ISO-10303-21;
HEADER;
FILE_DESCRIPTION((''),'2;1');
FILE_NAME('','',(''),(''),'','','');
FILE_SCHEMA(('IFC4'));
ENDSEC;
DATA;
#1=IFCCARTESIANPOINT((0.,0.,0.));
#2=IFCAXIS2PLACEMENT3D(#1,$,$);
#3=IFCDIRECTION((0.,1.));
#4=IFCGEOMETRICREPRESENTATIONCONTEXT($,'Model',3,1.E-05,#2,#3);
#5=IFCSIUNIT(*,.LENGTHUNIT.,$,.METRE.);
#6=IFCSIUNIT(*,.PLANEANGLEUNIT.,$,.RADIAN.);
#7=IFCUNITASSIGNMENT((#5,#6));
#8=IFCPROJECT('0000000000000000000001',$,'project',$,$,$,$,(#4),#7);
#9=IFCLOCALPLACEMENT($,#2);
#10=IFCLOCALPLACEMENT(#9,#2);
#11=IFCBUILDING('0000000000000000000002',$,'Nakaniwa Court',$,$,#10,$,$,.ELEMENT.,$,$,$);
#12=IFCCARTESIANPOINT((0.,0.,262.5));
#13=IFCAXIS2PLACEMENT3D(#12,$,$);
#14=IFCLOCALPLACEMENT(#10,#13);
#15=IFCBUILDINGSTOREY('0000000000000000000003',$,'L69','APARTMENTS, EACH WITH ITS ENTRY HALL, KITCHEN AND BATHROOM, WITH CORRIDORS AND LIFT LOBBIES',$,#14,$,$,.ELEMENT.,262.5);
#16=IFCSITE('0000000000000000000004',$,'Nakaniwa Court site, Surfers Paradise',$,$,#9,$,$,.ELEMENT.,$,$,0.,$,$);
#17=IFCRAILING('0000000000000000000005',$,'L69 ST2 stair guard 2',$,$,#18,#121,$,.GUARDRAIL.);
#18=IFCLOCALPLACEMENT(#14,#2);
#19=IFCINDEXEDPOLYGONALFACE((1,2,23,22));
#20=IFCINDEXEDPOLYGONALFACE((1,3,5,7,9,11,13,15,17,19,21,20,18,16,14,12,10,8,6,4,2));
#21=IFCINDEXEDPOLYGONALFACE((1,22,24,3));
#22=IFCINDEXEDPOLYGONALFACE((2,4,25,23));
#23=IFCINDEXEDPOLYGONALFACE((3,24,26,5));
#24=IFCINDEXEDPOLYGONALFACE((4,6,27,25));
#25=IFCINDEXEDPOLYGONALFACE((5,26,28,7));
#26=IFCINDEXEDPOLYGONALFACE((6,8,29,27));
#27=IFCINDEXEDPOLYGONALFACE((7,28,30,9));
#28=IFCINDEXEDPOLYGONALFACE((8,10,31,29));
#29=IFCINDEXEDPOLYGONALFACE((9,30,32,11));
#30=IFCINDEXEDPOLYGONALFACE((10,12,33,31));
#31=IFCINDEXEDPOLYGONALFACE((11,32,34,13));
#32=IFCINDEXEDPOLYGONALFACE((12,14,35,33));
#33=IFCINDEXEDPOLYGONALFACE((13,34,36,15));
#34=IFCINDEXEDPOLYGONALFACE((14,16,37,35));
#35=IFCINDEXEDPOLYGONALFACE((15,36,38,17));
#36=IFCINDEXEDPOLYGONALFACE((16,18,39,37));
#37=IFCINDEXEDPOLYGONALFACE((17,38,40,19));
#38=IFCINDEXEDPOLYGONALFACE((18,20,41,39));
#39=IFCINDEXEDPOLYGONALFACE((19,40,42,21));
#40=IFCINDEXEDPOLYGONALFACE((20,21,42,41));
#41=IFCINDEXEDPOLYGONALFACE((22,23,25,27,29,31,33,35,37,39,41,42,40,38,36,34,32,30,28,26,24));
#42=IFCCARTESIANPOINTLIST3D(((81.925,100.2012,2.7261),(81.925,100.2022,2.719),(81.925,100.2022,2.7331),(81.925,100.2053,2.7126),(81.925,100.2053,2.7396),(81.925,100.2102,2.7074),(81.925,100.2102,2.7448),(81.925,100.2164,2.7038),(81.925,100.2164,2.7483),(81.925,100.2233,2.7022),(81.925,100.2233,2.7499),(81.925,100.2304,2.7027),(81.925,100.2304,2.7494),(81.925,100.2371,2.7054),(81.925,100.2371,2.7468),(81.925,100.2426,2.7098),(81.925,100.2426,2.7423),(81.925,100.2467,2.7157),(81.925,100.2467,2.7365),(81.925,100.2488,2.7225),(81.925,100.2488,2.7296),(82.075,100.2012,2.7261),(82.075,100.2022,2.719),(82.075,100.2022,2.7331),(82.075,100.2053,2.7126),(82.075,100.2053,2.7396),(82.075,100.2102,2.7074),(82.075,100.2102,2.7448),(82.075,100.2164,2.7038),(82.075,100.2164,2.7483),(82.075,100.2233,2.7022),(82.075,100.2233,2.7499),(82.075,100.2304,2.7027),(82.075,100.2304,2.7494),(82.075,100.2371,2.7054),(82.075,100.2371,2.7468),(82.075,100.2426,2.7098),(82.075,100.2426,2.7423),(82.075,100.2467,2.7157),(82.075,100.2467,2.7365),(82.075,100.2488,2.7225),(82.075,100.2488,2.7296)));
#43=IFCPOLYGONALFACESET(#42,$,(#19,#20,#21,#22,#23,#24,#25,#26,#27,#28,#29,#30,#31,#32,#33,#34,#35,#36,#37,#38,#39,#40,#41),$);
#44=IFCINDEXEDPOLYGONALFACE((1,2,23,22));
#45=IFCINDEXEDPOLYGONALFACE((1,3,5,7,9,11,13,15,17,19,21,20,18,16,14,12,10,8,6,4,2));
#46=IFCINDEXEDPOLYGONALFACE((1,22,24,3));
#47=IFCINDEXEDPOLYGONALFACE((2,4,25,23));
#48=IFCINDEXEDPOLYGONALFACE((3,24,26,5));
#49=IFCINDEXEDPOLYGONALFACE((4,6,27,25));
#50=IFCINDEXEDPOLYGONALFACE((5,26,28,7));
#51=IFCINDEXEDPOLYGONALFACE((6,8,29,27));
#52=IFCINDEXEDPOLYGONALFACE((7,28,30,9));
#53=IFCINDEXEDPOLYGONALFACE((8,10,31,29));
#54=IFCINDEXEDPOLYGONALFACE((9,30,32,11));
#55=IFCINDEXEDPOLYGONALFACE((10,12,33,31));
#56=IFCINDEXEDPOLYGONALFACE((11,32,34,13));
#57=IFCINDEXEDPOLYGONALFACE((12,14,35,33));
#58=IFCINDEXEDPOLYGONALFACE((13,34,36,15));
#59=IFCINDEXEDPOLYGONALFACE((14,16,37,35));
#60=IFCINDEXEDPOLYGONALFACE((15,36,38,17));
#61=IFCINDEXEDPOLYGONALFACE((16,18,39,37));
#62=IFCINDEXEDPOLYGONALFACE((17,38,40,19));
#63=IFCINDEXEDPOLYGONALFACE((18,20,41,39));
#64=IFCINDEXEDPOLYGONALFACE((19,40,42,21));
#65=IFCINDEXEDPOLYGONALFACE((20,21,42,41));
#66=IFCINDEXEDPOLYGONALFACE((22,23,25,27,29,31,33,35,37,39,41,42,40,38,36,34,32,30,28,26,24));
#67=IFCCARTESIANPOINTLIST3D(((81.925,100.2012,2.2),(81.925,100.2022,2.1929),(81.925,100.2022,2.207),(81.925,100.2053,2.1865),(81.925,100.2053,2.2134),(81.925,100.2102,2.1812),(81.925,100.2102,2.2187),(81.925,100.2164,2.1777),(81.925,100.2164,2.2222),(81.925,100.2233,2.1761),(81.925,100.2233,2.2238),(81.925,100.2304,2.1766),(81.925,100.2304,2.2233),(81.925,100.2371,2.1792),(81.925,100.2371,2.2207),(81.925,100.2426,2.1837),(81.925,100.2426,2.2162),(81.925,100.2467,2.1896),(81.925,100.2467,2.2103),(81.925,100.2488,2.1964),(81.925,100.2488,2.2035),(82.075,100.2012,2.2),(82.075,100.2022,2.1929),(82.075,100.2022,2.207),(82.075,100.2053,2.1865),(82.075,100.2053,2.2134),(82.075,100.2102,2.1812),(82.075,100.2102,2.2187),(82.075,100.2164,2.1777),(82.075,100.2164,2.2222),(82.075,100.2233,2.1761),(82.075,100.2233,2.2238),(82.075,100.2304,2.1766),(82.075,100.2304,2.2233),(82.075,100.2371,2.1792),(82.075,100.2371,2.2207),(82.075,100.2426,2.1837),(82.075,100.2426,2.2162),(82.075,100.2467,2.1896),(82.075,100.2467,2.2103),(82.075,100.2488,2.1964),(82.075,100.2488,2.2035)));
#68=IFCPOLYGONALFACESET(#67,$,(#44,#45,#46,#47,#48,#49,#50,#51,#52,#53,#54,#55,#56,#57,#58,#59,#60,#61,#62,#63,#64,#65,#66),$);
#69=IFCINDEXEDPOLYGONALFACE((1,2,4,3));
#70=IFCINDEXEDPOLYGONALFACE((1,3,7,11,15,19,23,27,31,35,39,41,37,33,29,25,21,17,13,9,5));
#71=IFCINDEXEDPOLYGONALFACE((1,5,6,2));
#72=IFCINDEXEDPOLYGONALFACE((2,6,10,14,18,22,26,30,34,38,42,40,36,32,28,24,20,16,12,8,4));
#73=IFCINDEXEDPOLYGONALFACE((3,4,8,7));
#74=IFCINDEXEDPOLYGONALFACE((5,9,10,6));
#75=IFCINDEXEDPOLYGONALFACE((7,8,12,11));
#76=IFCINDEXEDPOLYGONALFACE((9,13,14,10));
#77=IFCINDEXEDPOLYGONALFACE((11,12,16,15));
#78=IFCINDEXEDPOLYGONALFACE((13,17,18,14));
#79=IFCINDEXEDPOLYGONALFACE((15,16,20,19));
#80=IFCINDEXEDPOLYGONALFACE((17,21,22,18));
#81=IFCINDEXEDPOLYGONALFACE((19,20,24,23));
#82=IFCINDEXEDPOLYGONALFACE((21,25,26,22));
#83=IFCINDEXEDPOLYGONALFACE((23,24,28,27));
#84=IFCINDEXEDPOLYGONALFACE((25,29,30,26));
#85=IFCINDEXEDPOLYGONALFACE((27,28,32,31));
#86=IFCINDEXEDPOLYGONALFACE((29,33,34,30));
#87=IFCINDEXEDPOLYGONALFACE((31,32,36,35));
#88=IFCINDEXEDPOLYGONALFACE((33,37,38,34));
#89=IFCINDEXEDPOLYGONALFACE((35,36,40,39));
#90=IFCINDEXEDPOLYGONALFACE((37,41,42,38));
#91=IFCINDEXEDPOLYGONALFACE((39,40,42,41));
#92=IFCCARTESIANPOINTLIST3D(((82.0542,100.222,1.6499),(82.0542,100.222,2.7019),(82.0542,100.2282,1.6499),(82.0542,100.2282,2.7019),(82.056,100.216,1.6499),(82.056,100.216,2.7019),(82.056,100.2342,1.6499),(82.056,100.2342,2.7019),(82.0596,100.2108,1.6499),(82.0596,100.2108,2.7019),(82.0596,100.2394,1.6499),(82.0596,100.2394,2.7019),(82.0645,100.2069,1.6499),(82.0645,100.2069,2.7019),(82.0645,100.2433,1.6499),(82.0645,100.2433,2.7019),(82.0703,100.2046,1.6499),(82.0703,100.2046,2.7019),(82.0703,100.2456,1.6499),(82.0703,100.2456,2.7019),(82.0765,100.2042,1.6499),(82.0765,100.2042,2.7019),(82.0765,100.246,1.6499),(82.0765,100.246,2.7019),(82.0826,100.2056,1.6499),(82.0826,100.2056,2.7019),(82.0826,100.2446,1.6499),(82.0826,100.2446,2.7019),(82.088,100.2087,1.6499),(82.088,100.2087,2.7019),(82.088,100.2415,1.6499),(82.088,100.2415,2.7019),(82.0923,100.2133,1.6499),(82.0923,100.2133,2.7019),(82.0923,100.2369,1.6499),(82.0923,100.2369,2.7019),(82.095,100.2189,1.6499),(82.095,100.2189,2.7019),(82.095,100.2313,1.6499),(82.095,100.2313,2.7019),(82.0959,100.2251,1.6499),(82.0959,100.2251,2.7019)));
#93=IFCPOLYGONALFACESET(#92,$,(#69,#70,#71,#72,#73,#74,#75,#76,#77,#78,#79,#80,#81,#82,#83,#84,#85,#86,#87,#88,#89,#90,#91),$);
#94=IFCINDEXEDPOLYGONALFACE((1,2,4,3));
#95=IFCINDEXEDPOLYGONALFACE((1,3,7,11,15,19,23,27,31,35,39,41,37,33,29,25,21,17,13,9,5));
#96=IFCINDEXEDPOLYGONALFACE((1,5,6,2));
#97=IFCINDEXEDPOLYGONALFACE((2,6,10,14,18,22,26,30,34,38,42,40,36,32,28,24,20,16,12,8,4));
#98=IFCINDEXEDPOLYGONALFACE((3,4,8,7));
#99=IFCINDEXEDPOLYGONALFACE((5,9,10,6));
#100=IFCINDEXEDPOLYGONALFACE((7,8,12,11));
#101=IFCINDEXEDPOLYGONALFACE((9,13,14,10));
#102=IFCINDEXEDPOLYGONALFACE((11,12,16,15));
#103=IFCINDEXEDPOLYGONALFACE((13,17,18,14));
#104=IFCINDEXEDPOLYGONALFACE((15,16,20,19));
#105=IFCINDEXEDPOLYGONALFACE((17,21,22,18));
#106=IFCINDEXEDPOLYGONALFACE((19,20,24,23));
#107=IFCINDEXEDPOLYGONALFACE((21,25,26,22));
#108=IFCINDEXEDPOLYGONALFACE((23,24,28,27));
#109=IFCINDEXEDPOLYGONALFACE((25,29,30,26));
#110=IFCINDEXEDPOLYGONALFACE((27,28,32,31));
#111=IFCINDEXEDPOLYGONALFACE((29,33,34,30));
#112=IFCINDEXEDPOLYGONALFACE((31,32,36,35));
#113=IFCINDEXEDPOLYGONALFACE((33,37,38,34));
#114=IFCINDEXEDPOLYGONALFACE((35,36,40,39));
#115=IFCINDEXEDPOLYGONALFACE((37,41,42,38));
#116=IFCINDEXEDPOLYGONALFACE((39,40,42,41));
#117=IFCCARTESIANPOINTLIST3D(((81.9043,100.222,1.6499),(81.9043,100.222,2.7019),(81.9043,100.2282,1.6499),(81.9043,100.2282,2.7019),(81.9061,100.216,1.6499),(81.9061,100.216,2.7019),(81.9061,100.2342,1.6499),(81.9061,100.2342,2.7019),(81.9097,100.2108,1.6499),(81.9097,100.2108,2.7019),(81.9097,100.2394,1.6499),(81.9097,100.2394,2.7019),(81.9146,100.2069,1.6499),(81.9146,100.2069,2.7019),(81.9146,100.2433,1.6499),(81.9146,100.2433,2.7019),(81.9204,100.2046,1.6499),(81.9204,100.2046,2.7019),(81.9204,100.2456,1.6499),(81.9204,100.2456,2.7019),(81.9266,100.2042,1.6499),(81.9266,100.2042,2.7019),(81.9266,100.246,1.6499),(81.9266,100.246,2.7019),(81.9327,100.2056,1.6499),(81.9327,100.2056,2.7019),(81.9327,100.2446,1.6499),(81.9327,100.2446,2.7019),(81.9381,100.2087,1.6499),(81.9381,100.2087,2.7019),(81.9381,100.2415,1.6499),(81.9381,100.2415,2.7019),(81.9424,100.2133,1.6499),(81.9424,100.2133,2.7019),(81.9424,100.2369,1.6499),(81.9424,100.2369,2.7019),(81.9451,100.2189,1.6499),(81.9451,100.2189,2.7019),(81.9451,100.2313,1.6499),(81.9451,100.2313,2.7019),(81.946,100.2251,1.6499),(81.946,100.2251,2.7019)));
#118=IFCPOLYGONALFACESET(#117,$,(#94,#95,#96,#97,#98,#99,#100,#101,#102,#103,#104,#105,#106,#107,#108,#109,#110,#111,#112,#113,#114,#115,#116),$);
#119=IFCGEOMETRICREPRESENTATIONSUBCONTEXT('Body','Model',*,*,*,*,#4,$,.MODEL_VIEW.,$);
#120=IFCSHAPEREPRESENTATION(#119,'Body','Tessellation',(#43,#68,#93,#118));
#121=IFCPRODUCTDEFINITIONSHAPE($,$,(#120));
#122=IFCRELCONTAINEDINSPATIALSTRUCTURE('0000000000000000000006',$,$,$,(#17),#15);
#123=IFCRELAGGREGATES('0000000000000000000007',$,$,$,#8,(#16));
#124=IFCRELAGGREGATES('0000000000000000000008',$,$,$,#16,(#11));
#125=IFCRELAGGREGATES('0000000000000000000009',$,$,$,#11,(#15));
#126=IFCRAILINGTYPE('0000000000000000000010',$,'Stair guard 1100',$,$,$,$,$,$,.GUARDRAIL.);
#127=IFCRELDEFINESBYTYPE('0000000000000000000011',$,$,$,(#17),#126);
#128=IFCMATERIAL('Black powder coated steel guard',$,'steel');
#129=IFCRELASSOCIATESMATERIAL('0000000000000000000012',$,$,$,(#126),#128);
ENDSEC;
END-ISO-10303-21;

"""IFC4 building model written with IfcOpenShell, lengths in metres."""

from ifc_helpers import new_model, si_unit, direction, frame, origin, origin_2d, place, context, subcontext, project, spatial, circle, extrude, material, type_object, element, save


model = new_model("IFC4")

# Units and contexts
model_context = context("Model", 3, precision=1e-05, world=origin(), true_north=direction((0.0, 1.0)))
body_context = subcontext(model_context, "Body", "Model", "MODEL_VIEW")
ifc_project = project(units=[si_unit("LENGTHUNIT", "METRE"), si_unit("PLANEANGLEUNIT", "RADIAN")], contexts=[model_context])

# Site, building, storey
site_placement = place(None, origin())
site = spatial("IfcSite", under=ifc_project, at=site_placement, Name="Nakaniwa Court site, Surfers Paradise", CompositionType="ELEMENT", RefElevation=0.0)
building_placement = place(site_placement, origin())
building = spatial("IfcBuilding", under=site, at=building_placement, Name="Nakaniwa Court", CompositionType="ELEMENT")
storey_placement = place(building_placement, frame((0.0, 0.0, 262.5)))
storey = spatial("IfcBuildingStorey", under=building, at=storey_placement, Name="L69", Description="APARTMENTS, EACH WITH ITS ENTRY HALL, KITCHEN AND BATHROOM, WITH CORRIDORS AND LIFT LOBBIES", CompositionType="ELEMENT", Elevation=262.5)

# Railing
ifc_material_1 = material(Name="Black powder coated steel guard", Category="steel")
railing_type_1 = type_object("IfcRailingType", Name="Stair guard 1100", PredefinedType="GUARDRAIL", material=ifc_material_1)
railing_1_placement = place(storey_placement, frame((82.075, 100.2251, 1.6499)))
element("IfcRailing", 1, at=railing_1_placement, inside=storey, type_object=railing_type_1, Name="L69 ST2 stair guard 2", PredefinedType="GUARDRAIL", context=body_context, shape_type="SweptSolid", body=[
    extrude(circle(Radius=0.0239, at=origin_2d()), frame((0.0, 0.0, 1.0762), z_axis=(-1.0, 0.0, 0.0), x_axis=(0.0, -1.0, 0.0)), (0.0, 0.0, 1.0), 0.1499),
    extrude(circle(Radius=0.0239, at=origin_2d()), frame((0.0, 0.0, 0.55), z_axis=(-1.0, 0.0, 0.0), x_axis=(0.0, -1.0, 0.0)), (0.0, 0.0, 1.0), 0.1499),
    extrude(circle(Radius=0.021, at=origin_2d()), origin(), (0.0, 0.0, 1.0), 1.052),
    extrude(circle(Radius=0.021, at=origin_2d()), frame((-0.1499, 0.0, 0.0)), (0.0, 0.0, 1.0), 1.052),
])

save(model, "model.ifc")
